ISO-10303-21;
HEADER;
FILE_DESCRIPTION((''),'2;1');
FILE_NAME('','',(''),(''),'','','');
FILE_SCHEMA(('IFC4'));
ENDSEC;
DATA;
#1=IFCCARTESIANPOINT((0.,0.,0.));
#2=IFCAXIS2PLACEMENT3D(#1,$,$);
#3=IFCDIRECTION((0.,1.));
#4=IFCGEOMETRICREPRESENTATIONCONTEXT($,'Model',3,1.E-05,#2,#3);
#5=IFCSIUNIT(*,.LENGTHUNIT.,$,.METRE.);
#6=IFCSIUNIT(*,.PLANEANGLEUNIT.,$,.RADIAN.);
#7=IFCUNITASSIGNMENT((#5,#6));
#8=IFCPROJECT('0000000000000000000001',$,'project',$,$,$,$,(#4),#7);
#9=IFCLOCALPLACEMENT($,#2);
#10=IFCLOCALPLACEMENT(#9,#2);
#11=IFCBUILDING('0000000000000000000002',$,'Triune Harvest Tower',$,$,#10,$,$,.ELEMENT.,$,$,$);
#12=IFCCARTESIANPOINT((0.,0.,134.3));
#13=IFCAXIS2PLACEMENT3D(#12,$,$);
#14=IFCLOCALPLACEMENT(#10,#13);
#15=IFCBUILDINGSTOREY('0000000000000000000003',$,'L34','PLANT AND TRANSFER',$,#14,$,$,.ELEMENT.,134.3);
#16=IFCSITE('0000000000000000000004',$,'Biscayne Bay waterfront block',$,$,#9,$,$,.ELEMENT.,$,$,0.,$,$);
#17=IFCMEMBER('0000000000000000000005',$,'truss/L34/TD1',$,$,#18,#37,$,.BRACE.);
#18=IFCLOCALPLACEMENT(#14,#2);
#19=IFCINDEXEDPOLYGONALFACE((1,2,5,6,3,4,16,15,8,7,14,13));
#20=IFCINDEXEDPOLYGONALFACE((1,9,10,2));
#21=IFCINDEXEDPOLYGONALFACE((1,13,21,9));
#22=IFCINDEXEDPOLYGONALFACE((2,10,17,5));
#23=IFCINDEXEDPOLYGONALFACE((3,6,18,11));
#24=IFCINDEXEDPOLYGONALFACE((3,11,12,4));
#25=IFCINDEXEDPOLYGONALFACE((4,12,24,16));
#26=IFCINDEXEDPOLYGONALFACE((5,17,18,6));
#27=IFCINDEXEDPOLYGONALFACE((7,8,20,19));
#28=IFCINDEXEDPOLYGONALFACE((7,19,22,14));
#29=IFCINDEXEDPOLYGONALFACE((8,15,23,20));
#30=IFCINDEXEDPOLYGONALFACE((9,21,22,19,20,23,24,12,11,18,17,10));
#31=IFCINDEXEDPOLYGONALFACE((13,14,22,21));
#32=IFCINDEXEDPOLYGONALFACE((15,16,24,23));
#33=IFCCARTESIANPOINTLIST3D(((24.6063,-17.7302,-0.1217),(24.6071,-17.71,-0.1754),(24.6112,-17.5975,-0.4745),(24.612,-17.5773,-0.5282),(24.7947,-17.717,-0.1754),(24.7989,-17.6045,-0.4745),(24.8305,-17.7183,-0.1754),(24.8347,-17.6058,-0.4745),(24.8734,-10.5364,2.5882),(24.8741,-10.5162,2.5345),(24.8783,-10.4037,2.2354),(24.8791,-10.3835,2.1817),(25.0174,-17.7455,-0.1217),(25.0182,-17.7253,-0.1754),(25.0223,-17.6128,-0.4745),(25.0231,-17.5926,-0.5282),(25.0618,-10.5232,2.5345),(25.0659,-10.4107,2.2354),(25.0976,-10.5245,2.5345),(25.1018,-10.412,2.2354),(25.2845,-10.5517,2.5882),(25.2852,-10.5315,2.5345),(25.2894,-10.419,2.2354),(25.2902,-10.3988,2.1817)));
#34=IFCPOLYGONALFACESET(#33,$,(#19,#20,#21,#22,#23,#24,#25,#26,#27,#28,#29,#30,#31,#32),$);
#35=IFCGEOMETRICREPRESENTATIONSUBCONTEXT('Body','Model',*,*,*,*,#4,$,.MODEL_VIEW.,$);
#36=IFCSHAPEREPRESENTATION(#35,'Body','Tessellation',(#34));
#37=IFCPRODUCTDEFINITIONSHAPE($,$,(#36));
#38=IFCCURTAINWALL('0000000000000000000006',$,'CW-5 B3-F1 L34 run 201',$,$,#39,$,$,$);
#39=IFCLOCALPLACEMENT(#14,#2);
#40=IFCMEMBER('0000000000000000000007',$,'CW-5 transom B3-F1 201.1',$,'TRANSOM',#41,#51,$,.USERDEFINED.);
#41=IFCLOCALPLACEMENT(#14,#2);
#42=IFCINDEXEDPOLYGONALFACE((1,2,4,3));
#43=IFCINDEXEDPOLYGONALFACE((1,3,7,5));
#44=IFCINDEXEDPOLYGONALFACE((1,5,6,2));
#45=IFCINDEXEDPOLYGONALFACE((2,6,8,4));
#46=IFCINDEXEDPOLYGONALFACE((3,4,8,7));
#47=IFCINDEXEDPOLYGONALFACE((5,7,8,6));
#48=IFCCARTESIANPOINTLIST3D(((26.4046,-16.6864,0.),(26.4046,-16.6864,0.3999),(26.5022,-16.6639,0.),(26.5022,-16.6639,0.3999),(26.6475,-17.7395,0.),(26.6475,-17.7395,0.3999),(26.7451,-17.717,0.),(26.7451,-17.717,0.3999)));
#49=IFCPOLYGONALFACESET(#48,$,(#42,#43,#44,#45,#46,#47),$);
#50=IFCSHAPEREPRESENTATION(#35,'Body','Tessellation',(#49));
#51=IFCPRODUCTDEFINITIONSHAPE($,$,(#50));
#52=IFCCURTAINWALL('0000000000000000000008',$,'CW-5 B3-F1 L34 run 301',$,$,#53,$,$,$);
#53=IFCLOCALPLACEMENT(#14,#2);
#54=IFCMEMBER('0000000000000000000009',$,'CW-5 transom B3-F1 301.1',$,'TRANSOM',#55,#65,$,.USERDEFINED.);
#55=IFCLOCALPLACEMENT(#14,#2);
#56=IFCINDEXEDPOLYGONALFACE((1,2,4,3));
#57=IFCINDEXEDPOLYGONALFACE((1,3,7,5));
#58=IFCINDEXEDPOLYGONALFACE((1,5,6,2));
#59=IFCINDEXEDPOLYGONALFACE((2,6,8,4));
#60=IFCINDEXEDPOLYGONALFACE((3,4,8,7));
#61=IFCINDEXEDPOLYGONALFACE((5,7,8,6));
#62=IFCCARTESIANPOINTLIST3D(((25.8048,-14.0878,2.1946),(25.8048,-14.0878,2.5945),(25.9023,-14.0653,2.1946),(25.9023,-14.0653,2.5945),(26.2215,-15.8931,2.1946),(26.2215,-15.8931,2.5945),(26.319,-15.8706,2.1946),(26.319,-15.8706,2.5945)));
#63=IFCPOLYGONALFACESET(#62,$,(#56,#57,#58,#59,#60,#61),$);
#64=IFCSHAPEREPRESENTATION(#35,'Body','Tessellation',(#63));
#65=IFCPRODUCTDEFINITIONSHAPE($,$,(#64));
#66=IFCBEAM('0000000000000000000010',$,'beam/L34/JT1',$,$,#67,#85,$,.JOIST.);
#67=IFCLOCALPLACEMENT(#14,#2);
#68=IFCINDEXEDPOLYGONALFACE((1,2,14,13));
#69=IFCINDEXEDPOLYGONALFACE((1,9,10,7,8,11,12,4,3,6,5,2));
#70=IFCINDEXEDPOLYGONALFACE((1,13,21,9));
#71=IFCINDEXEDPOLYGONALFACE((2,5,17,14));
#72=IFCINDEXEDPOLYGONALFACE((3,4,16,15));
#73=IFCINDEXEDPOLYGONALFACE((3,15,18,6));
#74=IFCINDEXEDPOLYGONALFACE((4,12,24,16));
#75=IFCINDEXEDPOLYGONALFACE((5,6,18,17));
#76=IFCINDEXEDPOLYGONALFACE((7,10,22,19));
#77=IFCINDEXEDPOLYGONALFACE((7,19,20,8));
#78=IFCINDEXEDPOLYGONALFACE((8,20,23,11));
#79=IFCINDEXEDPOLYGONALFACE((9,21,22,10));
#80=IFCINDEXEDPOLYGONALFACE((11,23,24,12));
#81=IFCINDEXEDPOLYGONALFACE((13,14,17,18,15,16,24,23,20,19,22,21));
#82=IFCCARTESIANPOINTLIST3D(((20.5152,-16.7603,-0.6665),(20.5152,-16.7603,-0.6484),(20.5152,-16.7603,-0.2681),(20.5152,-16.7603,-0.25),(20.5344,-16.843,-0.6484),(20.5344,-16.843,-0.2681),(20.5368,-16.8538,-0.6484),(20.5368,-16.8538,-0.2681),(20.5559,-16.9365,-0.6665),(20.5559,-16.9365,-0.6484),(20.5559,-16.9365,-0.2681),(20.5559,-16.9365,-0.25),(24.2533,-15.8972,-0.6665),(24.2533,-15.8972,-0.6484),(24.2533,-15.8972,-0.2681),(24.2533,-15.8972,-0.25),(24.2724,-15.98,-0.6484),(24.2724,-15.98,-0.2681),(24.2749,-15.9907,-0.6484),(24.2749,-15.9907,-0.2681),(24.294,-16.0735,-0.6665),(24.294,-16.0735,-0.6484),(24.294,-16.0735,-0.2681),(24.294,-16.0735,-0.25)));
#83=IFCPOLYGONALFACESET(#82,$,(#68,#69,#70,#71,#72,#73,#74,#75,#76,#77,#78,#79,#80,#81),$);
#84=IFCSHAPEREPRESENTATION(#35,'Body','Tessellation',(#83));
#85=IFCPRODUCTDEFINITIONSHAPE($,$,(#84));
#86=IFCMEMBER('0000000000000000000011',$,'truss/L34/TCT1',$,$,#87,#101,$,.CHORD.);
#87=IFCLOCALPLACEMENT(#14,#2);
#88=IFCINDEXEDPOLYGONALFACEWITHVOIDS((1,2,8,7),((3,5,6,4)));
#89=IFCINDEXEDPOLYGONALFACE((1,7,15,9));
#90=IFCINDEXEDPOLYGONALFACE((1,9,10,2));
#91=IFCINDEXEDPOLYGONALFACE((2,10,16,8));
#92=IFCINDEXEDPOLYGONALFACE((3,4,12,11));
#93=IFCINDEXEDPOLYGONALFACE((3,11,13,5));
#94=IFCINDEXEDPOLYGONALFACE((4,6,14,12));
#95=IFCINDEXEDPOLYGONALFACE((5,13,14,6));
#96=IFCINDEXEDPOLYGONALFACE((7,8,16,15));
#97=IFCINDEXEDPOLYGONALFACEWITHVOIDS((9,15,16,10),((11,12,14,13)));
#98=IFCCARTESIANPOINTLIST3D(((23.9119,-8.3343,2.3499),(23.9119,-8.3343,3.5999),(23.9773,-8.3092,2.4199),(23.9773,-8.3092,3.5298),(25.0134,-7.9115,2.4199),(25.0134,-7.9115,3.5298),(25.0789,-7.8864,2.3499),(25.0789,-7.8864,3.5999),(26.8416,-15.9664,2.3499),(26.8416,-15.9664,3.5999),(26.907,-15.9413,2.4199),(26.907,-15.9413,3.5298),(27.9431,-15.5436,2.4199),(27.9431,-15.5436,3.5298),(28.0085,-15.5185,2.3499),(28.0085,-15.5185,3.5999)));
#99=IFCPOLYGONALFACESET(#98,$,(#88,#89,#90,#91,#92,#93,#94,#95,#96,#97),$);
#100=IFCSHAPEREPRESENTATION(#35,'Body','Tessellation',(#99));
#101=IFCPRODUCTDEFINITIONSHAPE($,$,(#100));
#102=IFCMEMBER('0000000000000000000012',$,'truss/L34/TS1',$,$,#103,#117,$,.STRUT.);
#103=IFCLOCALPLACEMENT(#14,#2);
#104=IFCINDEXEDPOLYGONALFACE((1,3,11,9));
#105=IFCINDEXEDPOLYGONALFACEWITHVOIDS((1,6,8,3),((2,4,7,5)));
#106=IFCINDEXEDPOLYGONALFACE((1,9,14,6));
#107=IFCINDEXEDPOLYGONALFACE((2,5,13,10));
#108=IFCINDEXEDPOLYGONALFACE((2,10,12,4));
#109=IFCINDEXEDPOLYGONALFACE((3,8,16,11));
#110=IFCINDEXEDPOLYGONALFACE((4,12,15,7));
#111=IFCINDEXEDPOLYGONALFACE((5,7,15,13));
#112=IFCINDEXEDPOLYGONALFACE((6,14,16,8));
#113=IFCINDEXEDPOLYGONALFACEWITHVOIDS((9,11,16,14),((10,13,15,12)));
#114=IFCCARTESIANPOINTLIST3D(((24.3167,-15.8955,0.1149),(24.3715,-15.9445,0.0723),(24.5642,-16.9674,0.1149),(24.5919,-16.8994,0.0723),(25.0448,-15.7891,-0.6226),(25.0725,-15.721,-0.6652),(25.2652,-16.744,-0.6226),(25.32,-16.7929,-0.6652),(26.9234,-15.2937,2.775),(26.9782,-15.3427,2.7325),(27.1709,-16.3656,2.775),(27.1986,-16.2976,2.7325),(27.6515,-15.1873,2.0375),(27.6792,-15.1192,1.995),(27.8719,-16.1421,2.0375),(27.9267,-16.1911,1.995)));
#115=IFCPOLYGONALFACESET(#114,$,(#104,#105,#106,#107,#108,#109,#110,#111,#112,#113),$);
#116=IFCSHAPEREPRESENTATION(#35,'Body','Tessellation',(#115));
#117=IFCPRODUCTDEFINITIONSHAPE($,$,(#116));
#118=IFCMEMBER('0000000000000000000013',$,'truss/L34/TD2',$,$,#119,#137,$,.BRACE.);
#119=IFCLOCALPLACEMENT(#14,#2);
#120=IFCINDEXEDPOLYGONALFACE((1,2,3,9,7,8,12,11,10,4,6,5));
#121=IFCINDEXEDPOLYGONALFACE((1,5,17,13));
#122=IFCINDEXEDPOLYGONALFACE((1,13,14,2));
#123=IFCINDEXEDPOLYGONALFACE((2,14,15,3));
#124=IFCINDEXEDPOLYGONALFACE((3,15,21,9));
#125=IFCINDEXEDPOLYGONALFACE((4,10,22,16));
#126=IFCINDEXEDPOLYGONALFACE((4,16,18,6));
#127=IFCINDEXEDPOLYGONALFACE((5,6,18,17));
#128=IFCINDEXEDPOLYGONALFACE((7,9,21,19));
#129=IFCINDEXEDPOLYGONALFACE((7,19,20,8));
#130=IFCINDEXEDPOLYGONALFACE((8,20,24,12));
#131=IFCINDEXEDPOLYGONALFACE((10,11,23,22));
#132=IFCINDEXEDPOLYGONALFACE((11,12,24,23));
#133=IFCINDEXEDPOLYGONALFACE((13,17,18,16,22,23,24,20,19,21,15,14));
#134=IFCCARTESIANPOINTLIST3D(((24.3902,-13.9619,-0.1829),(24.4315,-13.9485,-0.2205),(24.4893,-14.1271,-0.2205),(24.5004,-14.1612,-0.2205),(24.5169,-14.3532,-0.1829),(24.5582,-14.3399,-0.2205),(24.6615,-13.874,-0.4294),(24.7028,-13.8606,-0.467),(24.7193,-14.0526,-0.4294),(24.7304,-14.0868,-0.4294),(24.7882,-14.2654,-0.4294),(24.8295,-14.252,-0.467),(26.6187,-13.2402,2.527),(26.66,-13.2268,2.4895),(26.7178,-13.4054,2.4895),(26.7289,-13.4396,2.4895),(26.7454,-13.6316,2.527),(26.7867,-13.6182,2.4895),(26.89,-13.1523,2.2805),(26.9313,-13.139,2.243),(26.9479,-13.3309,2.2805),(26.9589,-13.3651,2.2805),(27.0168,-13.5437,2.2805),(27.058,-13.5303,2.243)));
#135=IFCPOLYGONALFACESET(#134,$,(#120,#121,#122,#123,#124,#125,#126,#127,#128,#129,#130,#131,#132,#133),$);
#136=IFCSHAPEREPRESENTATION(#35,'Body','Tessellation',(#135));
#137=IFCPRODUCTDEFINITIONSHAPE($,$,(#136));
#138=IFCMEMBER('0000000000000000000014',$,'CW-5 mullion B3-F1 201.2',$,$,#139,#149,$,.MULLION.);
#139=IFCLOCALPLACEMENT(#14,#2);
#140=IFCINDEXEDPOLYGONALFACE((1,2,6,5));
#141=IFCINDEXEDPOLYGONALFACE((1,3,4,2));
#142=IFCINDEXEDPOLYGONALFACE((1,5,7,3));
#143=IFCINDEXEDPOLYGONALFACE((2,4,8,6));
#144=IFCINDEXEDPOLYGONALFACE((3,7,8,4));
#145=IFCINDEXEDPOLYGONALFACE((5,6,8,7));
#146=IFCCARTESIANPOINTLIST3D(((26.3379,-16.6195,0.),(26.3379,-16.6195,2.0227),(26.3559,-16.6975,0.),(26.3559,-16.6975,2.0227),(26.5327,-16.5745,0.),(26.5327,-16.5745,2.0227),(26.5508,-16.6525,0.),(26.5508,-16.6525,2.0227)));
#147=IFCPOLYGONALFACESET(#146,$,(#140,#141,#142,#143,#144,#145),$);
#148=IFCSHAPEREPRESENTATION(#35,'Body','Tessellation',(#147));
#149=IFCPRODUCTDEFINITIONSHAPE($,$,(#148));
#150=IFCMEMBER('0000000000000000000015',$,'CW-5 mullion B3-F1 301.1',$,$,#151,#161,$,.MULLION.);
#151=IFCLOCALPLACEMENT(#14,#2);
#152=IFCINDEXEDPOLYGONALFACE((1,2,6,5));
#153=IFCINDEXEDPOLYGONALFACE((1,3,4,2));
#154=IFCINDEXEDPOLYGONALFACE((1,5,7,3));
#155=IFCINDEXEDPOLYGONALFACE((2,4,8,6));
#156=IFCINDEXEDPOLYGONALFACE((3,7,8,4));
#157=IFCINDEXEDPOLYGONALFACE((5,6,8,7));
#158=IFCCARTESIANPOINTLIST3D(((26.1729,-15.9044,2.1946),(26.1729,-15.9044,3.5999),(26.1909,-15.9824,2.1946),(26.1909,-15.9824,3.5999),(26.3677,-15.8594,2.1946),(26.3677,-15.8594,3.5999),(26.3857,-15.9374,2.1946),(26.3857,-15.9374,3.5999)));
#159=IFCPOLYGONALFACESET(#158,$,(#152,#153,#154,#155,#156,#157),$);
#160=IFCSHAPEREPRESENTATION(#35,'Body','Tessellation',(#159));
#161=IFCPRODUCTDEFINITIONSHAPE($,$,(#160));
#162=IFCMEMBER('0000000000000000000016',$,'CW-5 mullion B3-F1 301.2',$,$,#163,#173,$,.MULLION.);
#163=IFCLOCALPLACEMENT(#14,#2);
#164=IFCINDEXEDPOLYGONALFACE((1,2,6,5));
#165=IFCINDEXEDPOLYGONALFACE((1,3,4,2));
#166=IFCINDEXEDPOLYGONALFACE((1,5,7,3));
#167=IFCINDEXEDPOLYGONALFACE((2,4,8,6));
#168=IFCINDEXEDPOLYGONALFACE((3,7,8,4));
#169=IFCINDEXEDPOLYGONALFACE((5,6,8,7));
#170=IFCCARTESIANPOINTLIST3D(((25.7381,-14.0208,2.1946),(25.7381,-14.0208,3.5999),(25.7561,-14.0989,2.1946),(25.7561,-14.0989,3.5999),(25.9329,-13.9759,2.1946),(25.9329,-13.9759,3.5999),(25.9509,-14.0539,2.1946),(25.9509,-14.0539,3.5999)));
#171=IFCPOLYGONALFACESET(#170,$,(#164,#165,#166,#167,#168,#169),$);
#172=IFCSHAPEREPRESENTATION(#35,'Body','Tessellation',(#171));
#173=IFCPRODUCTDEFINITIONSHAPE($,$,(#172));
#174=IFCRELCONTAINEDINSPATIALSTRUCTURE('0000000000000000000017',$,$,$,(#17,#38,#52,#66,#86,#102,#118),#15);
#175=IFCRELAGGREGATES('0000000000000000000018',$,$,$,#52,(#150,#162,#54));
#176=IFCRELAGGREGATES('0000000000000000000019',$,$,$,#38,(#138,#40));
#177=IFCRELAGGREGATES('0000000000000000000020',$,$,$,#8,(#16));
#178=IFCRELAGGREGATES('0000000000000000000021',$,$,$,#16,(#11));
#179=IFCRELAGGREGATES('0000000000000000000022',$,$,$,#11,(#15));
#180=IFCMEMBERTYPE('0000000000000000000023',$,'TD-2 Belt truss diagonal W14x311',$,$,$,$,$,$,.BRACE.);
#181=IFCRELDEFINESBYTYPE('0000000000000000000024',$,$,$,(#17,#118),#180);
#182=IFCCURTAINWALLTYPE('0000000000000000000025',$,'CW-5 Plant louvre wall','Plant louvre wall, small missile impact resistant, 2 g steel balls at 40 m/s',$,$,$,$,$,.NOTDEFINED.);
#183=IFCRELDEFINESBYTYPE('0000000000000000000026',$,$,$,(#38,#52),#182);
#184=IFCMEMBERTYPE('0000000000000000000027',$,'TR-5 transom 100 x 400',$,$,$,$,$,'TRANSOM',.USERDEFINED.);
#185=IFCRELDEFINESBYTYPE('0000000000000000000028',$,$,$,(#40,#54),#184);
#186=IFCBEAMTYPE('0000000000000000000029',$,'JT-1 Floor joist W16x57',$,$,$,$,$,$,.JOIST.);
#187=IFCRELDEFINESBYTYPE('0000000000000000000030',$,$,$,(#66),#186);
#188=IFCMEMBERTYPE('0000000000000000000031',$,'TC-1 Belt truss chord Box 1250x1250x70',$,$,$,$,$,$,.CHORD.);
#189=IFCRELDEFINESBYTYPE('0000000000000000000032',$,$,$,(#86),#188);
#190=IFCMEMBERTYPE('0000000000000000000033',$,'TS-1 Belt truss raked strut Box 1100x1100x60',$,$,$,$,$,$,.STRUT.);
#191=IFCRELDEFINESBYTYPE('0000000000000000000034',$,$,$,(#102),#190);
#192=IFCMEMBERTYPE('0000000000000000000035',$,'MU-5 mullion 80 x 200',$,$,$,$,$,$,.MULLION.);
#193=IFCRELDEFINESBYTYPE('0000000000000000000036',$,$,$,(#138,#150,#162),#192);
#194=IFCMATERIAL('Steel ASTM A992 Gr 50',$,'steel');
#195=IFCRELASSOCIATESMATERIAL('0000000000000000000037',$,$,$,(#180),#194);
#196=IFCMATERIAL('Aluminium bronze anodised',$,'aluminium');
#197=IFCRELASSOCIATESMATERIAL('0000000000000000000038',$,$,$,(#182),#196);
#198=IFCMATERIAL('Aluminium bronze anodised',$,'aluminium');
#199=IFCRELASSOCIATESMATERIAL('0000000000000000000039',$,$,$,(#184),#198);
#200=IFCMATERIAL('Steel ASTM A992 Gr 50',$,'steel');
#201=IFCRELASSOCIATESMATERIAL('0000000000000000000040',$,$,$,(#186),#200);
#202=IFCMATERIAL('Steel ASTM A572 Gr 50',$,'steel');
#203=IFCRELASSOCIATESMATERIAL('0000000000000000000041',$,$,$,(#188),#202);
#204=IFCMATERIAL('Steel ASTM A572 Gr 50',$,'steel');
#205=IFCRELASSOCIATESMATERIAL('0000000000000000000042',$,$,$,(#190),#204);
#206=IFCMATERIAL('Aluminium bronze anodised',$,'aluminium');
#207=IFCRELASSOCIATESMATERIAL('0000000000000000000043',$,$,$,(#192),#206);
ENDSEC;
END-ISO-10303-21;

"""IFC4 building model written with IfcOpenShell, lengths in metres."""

from ifc_helpers import new_model, si_unit, direction, frame, origin, origin_2d, place, context, subcontext, project, spatial, rectangle, hollow_rectangle, i_section, extrude, source, transform, mapped, material, material_profile, profile_set, type_object, element, aggregate, save


model = new_model("IFC4")

# Units and contexts
model_context = context("Model", 3, precision=1e-05, world=origin(), true_north=direction((0.0, 1.0)))
body_context = subcontext(model_context, "Body", "Model", "MODEL_VIEW")
ifc_project = project(units=[si_unit("LENGTHUNIT", "METRE"), si_unit("PLANEANGLEUNIT", "RADIAN")], contexts=[model_context])

# Site, building, storey
site_placement = place(None, origin())
site = spatial("IfcSite", under=ifc_project, at=site_placement, Name="Biscayne Bay waterfront block", CompositionType="ELEMENT", RefElevation=0.0)
building_placement = place(site_placement, origin())
building = spatial("IfcBuilding", under=site, at=building_placement, Name="Triune Harvest Tower", CompositionType="ELEMENT")
storey_placement = place(building_placement, frame((0.0, 0.0, 134.3)))
storey = spatial("IfcBuildingStorey", under=building, at=storey_placement, Name="L34", Description="PLANT AND TRANSFER", CompositionType="ELEMENT", Elevation=134.3)

# Member
ifc_material_1 = material(Name="Steel ASTM A992 Gr 50", Category="steel")
ifc_material_profile_1 = material_profile(ifc_material_1, i_section(OverallWidth=0.4114, OverallDepth=0.4343, WebThickness=0.0359, FlangeThickness=0.0574, at=origin_2d()), Name="W14x311")
ifc_profile_set_1 = profile_set([ifc_material_profile_1], Name="Steel ASTM A992 Gr 50")
member_type_1 = type_object("IfcMemberType", Name="TD-2 Belt truss diagonal W14x311", PredefinedType="BRACE", material=ifc_profile_set_1)
member_1_placement = place(storey_placement, frame((24.8147, -17.6614, -0.325), z_axis=(0.034723, 0.935239, 0.35231), x_axis=(-0.999311, 0.037102, 0.0)))
element("IfcMember", 1, at=member_1_placement, inside=storey, type_object=member_type_1, Name="truss/L34/TD1", PredefinedType="BRACE", context=body_context, shape_type="SweptSolid", body=[
    extrude(i_section(OverallWidth=0.4114, OverallDepth=0.4343, WebThickness=0.0359, FlangeThickness=0.0574, at=origin_2d()), origin(), (0.0, 0.0, 1.0), 7.6919),
])

# Curtain walls, members
ifc_material_2 = material(Name="Aluminium bronze anodised", Category="aluminium")
curtain_wall_type_1 = type_object("IfcCurtainWallType", Name="CW-5 Plant louvre wall", Description="Plant louvre wall, small missile impact resistant, 2 g steel balls at 40 m/s", PredefinedType="NOTDEFINED", material=ifc_material_2)
curtain_wall_1_placement = place(storey_placement, origin())
curtain_wall_1 = element("IfcCurtainWall", 2, at=curtain_wall_1_placement, inside=storey, type_object=curtain_wall_type_1, Name="CW-5 B3-F1 L34 run 201")
ifc_material_3 = material(Name="Aluminium bronze anodised", Category="aluminium")
ifc_material_profile_2 = material_profile(ifc_material_3, rectangle(XDim=0.1001, YDim=0.3999, at=origin_2d()), Name="TR-5 transom 100 x 400")
ifc_profile_set_2 = profile_set([ifc_material_profile_2], Name="Aluminium bronze anodised")
member_type_2 = type_object("IfcMemberType", Name="TR-5 transom 100 x 400", ElementType="TRANSOM", PredefinedType="USERDEFINED", material=ifc_profile_set_2)
member_2_placement = place(storey_placement, frame((26.6963, -17.7283, 0.2), z_axis=(-0.224744, 0.974418, 0.0), x_axis=(-0.974418, -0.224744, 0.0)))
member_2 = element("IfcMember", 3, at=member_2_placement, type_object=member_type_2, Name="CW-5 transom B3-F1 201.1", ObjectType="TRANSOM", PredefinedType="USERDEFINED", context=body_context, shape_type="SweptSolid", body=[
    extrude(rectangle(XDim=0.1001, YDim=0.3999, at=origin_2d()), origin(), (0.0, 0.0, 1.0), 1.0808),
])
curtain_wall_2_placement = place(storey_placement, origin())
curtain_wall_2 = element("IfcCurtainWall", 4, at=curtain_wall_2_placement, inside=storey, type_object=curtain_wall_type_1, Name="CW-5 B3-F1 L34 run 301")
member_3_placement = place(storey_placement, frame((26.2703, -15.8818, 2.3945), z_axis=(-0.224917, 0.974378, 0.0), x_axis=(-0.974378, -0.224917, 0.0)))
member_3 = element("IfcMember", 5, at=member_3_placement, type_object=member_type_2, Name="CW-5 transom B3-F1 301.1", ObjectType="TRANSOM", PredefinedType="USERDEFINED", context=body_context, shape_type="SweptSolid", body=[
    extrude(rectangle(XDim=0.1001, YDim=0.3999, at=origin_2d()), origin(), (0.0, 0.0, 1.0), 1.8528),
])

# Beam
ifc_material_4 = material(Name="Steel ASTM A992 Gr 50", Category="steel")
ifc_material_profile_3 = material_profile(ifc_material_4, i_section(OverallWidth=0.1809, OverallDepth=0.4165, WebThickness=0.011, FlangeThickness=0.0181, at=origin_2d()), Name="W16x57")
ifc_profile_set_3 = profile_set([ifc_material_profile_3], Name="Steel ASTM A992 Gr 50")
beam_type = type_object("IfcBeamType", Name="JT-1 Floor joist W16x57", PredefinedType="JOIST", material=ifc_profile_set_3)
shared_shape_1 = source(origin(), body_context, "Body", "SweptSolid", [
    extrude(i_section(OverallWidth=0.1809, OverallDepth=0.4165, WebThickness=0.011, FlangeThickness=0.0181, at=origin_2d()), origin(), (0.0, 0.0, 1.0), 3.8364),
])
beam_placement = place(storey_placement, frame((24.2737, -15.9854, -0.4583), z_axis=(-0.974368, -0.224962, 0.0), x_axis=(0.224962, -0.974368, 0.0)))
element("IfcBeam", 6, at=beam_placement, inside=storey, type_object=beam_type, Name="beam/L34/JT1", PredefinedType="JOIST", context=body_context, shape_type="MappedRepresentation", body=[
    mapped(shared_shape_1, transform((0.0, 0.0, 0.0), scale=1.0)),
])

# Members
ifc_material_5 = material(Name="Steel ASTM A572 Gr 50", Category="steel")
ifc_material_profile_4 = material_profile(ifc_material_5, hollow_rectangle(XDim=1.25, YDim=1.25, WallThickness=0.0701, at=origin_2d()), Name="Box 1250x1250x70")
ifc_profile_set_4 = profile_set([ifc_material_profile_4], Name="Steel ASTM A572 Gr 50")
member_type_3 = type_object("IfcMemberType", Name="TC-1 Belt truss chord Box 1250x1250x70", PredefinedType="CHORD", material=ifc_profile_set_4)
shared_shape_2 = source(origin(), body_context, "Body", "SweptSolid", [
    extrude(hollow_rectangle(XDim=1.25, YDim=1.25, WallThickness=0.0701, at=origin_2d()), origin(), (0.0, 0.0, 1.0), 8.175),
])
member_4_placement = place(storey_placement, frame((27.425, -15.7424, 2.9749), z_axis=(-0.358369, 0.93358, 0.0), x_axis=(-0.93358, -0.358369, 0.0)))
element("IfcMember", 7, at=member_4_placement, inside=storey, type_object=member_type_3, Name="truss/L34/TCT1", PredefinedType="CHORD", context=body_context, shape_type="MappedRepresentation", body=[
    mapped(shared_shape_2, transform((0.0, 0.0, 0.0), scale=1.0)),
])
ifc_material_6 = material(Name="Steel ASTM A572 Gr 50", Category="steel")
ifc_material_profile_5 = material_profile(ifc_material_6, hollow_rectangle(XDim=1.1001, YDim=1.1001, WallThickness=0.0601, at=origin_2d()), Name="Box 1100x1100x60")
ifc_profile_set_5 = profile_set([ifc_material_profile_5], Name="Steel ASTM A572 Gr 50")
member_type_4 = type_object("IfcMemberType", Name="TS-1 Belt truss raked strut Box 1100x1100x60", PredefinedType="STRUT", material=ifc_profile_set_5)
shared_shape_3 = source(origin(), body_context, "Body", "SweptSolid", [
    extrude(hollow_rectangle(XDim=1.1001, YDim=1.1001, WallThickness=0.0601, at=origin_2d()), origin(), (0.0, 0.0, 1.0), 3.7727),
])
member_5_placement = place(storey_placement, frame((24.8184, -16.3442, -0.2751), z_axis=(0.690931, 0.159515, 0.705103), x_axis=(-0.224953, 0.97437, 0.0)))
element("IfcMember", 8, at=member_5_placement, inside=storey, type_object=member_type_4, Name="truss/L34/TS1", PredefinedType="STRUT", context=body_context, shape_type="MappedRepresentation", body=[
    mapped(shared_shape_3, transform((0.0, 0.0, 0.0), scale=1.0)),
])
shared_shape_4 = source(origin(), body_context, "Body", "SweptSolid", [
    extrude(i_section(OverallWidth=0.4114, OverallDepth=0.4343, WebThickness=0.0359, FlangeThickness=0.0574, at=origin_2d()), origin(), (0.0, 0.0, 1.0), 3.582),
])
member_6_placement = place(storey_placement, frame((24.6099, -14.1069, -0.325), z_axis=(0.622136, 0.201472, 0.756542), x_axis=(-0.308087, 0.951358, 0.0)))
element("IfcMember", 9, at=member_6_placement, inside=storey, type_object=member_type_1, Name="truss/L34/TD2", PredefinedType="BRACE", context=body_context, shape_type="MappedRepresentation", body=[
    mapped(shared_shape_4, transform((0.0, 0.0, 0.0), scale=1.0)),
])

# Members
ifc_material_7 = material(Name="Aluminium bronze anodised", Category="aluminium")
ifc_material_profile_6 = material_profile(ifc_material_7, rectangle(XDim=0.2, YDim=0.0801, at=origin_2d()), Name="MU-5 mullion 80 x 200")
ifc_profile_set_6 = profile_set([ifc_material_profile_6], Name="Aluminium bronze anodised")
member_type_5 = type_object("IfcMemberType", Name="MU-5 mullion 80 x 200", PredefinedType="MULLION", material=ifc_profile_set_6)
shared_shape_5 = source(origin(), body_context, "Body", "SweptSolid", [
    extrude(rectangle(XDim=0.2, YDim=0.0801, at=origin_2d()), origin(), (0.0, 0.0, 1.0), 2.0227),
])
member_7_placement = place(storey_placement, frame((26.4443, -16.636, 0.0), z_axis=(0.0, 0.0, 1.0), x_axis=(-0.974382, -0.224901, 0.0)))
member_7 = element("IfcMember", 10, at=member_7_placement, type_object=member_type_5, Name="CW-5 mullion B3-F1 201.2", PredefinedType="MULLION", context=body_context, shape_type="MappedRepresentation", body=[
    mapped(shared_shape_5, transform((0.0, 0.0, 0.0), scale=1.0)),
])
shared_shape_6 = source(origin(), body_context, "Body", "SweptSolid", [
    extrude(rectangle(XDim=0.2, YDim=0.0801, at=origin_2d()), origin(), (0.0, 0.0, 1.0), 1.4053),
])
member_8_placement = place(storey_placement, frame((26.2793, -15.9209, 2.1946), z_axis=(0.0, 0.0, 1.0), x_axis=(-0.974373, -0.224939, 0.0)))
member_8 = element("IfcMember", 11, at=member_8_placement, type_object=member_type_5, Name="CW-5 mullion B3-F1 301.1", PredefinedType="MULLION", context=body_context, shape_type="MappedRepresentation", body=[
    mapped(shared_shape_6, transform((0.0, 0.0, 0.0), scale=1.0)),
])
member_9_placement = place(storey_placement, frame((25.8445, -14.0374, 2.1946), z_axis=(0.0, 0.0, 1.0), x_axis=(-0.974373, -0.224939, 0.0)))
member_9 = element("IfcMember", 12, at=member_9_placement, type_object=member_type_5, Name="CW-5 mullion B3-F1 301.2", PredefinedType="MULLION", context=body_context, shape_type="MappedRepresentation", body=[
    mapped(shared_shape_6, transform((0.0, 0.0, 0.0), scale=1.0)),
])

aggregate(curtain_wall_2, [member_8, member_9, member_3])
aggregate(curtain_wall_1, [member_7, member_2])

save(model, "model.ifc")
